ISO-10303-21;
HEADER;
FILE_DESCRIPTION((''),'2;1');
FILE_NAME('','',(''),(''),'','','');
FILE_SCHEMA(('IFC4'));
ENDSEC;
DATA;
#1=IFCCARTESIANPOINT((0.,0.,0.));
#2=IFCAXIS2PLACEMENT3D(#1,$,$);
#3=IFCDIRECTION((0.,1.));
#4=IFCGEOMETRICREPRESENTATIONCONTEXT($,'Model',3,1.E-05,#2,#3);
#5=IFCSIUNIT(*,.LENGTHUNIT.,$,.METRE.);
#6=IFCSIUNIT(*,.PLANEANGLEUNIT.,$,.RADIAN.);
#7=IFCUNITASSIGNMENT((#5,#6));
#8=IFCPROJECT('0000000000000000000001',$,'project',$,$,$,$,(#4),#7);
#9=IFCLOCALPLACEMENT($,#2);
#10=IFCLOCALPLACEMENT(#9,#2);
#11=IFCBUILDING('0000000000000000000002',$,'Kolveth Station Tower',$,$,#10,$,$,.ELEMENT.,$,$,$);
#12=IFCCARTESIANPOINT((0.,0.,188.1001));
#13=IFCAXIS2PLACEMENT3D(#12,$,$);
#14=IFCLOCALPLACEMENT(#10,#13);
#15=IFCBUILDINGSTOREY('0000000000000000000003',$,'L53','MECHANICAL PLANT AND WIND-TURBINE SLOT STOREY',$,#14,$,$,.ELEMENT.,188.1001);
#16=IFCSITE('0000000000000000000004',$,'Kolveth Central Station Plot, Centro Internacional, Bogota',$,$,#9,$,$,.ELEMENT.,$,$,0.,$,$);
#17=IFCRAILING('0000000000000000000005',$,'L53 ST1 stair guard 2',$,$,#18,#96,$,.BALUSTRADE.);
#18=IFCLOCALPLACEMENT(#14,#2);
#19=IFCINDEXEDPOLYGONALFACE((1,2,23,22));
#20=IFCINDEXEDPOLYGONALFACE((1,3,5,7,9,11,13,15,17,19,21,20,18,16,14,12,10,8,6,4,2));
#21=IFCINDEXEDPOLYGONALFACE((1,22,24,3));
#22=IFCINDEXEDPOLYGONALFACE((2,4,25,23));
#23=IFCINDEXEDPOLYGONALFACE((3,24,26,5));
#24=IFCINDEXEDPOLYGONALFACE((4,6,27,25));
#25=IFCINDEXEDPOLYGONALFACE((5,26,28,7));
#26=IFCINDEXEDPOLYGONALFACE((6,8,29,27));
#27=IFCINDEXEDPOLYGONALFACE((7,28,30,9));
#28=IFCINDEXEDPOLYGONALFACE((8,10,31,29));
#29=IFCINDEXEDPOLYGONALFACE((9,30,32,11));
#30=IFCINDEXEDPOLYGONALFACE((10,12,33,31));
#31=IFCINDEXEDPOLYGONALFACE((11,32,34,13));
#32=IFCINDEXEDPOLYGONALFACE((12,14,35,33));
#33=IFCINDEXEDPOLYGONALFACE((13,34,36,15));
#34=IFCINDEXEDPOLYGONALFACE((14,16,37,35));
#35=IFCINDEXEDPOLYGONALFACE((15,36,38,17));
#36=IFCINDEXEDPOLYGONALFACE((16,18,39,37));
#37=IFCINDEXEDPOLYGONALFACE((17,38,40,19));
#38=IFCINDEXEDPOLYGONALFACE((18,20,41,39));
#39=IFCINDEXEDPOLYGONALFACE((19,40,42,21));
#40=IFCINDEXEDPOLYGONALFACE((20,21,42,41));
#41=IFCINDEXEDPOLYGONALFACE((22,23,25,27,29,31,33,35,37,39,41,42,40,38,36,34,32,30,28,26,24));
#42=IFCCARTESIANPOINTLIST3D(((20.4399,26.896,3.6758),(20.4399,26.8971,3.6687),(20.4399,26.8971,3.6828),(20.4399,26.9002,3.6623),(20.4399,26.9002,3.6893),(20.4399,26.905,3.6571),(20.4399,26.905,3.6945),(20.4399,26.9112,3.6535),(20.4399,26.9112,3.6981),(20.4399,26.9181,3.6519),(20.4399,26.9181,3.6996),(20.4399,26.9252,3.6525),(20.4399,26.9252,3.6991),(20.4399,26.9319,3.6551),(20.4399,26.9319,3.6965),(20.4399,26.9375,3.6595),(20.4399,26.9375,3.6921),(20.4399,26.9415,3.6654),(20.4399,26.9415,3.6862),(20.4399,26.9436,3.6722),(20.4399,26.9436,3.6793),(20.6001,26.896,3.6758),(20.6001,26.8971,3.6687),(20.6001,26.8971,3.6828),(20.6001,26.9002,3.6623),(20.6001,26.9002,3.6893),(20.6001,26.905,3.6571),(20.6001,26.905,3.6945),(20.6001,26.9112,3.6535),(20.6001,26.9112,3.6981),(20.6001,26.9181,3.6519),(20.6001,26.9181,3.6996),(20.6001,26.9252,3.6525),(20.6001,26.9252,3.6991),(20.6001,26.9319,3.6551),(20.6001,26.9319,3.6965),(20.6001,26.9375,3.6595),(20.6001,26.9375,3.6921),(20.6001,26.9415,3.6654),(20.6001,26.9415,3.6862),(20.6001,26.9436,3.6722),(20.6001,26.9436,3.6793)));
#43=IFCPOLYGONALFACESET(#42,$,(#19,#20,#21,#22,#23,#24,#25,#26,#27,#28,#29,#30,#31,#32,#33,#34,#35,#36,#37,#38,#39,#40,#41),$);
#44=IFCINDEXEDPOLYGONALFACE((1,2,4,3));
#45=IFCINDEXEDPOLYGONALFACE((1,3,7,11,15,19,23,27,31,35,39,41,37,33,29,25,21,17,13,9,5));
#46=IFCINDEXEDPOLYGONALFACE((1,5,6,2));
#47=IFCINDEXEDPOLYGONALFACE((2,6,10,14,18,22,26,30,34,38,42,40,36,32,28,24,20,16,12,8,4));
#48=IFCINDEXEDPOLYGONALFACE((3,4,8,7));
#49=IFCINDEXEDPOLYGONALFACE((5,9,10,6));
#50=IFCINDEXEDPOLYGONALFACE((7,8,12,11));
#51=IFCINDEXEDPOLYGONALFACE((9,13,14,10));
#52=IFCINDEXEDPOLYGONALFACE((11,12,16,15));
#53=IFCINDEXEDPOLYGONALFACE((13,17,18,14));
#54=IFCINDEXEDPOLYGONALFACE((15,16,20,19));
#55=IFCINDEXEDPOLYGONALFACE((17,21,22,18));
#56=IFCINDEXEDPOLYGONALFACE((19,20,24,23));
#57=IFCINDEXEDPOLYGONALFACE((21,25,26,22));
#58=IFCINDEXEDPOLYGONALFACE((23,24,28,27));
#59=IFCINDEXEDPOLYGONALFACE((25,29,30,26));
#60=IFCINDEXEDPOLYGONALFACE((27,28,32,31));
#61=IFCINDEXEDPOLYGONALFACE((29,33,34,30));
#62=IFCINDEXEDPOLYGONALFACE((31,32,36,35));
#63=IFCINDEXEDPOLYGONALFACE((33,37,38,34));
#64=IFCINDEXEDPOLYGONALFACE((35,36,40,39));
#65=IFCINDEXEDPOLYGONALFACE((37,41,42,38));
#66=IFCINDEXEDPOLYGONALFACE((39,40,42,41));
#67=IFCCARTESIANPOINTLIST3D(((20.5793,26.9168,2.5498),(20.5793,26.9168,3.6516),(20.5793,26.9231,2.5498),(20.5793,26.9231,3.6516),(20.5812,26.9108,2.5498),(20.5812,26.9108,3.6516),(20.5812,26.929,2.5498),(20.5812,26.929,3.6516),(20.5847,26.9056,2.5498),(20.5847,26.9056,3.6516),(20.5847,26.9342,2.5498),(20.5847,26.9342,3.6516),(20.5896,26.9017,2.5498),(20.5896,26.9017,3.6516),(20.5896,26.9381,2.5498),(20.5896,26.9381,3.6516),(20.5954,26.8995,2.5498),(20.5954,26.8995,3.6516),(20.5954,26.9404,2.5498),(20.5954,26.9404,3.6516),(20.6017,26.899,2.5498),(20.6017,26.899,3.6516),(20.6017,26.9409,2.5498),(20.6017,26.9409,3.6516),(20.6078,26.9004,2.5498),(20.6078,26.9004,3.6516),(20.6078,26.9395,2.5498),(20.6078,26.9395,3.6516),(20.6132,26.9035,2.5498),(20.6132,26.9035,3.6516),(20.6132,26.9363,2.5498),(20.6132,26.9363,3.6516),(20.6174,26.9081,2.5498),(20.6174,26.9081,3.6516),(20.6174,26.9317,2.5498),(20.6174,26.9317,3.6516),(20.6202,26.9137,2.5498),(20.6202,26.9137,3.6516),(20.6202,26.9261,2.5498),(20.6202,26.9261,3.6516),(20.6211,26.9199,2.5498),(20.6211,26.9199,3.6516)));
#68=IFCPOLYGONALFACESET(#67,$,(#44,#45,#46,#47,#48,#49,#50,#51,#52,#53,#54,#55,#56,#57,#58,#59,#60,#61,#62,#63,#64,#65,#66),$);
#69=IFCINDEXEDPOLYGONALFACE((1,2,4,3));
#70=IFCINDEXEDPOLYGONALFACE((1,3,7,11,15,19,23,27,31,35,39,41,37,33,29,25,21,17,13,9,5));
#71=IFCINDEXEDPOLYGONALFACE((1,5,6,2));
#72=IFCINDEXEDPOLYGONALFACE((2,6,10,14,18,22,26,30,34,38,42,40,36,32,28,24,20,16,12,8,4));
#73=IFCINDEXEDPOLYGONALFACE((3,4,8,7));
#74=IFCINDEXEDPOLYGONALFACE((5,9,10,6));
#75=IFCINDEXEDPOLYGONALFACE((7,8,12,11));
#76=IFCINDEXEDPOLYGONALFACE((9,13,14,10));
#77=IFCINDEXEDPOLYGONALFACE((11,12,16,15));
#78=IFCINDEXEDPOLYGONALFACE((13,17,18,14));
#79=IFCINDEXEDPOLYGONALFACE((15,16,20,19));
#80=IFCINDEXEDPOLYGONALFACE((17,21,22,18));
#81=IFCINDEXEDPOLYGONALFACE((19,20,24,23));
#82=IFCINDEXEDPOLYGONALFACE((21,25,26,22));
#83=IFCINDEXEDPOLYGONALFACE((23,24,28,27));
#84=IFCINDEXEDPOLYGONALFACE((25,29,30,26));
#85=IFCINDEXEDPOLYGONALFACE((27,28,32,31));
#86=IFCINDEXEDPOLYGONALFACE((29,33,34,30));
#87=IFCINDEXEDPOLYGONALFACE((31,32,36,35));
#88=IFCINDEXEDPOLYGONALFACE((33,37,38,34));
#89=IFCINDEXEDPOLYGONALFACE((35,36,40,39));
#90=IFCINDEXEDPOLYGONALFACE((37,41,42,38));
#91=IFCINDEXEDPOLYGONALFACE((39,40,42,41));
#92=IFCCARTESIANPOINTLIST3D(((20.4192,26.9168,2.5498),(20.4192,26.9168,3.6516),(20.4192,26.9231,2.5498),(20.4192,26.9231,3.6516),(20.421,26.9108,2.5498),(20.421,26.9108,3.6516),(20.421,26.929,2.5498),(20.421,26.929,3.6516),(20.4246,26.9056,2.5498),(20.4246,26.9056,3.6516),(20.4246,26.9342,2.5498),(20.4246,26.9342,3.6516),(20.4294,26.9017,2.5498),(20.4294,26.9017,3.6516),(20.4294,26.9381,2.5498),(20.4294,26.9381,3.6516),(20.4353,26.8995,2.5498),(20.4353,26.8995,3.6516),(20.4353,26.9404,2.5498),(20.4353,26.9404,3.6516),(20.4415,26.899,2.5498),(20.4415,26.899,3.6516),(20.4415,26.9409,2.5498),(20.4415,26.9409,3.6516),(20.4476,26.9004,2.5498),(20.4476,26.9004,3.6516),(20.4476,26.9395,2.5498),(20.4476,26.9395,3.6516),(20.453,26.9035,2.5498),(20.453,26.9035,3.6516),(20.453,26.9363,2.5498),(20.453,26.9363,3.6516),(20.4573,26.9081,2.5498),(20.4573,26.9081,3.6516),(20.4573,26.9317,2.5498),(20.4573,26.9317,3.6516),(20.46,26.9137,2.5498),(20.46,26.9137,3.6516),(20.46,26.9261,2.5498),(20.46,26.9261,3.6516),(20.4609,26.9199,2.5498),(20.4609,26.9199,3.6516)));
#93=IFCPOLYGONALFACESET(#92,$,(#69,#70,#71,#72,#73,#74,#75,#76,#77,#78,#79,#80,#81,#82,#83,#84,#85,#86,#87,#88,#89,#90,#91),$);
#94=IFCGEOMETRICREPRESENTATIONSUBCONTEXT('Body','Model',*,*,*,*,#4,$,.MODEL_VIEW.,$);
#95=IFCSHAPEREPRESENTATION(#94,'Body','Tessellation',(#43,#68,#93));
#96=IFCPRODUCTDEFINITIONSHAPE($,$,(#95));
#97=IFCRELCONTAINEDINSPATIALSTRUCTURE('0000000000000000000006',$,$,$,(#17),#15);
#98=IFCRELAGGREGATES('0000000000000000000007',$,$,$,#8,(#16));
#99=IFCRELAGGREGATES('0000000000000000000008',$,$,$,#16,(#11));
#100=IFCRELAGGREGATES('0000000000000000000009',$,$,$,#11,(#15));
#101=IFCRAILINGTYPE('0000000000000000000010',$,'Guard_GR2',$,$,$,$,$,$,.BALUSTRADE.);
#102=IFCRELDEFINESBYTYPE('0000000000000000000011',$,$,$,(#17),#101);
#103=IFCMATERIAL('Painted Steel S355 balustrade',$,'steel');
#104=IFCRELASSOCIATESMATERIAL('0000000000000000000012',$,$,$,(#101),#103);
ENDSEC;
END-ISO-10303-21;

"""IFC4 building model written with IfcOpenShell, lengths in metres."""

from ifc_helpers import new_model, si_unit, direction, frame, origin, origin_2d, place, context, subcontext, project, spatial, circle, extrude, material, type_object, element, save


model = new_model("IFC4")

# Units and contexts
model_context = context("Model", 3, precision=1e-05, world=origin(), true_north=direction((0.0, 1.0)))
body_context = subcontext(model_context, "Body", "Model", "MODEL_VIEW")
ifc_project = project(units=[si_unit("LENGTHUNIT", "METRE"), si_unit("PLANEANGLEUNIT", "RADIAN")], contexts=[model_context])

# Site, building, storey
site_placement = place(None, origin())
site = spatial("IfcSite", under=ifc_project, at=site_placement, Name="Kolveth Central Station Plot, Centro Internacional, Bogota", CompositionType="ELEMENT", RefElevation=0.0)
building_placement = place(site_placement, origin())
building = spatial("IfcBuilding", under=site, at=building_placement, Name="Kolveth Station Tower", CompositionType="ELEMENT")
storey_placement = place(building_placement, frame((0.0, 0.0, 188.1001)))
storey = spatial("IfcBuildingStorey", under=building, at=storey_placement, Name="L53", Description="MECHANICAL PLANT AND WIND-TURBINE SLOT STOREY", CompositionType="ELEMENT", Elevation=188.1001)

# Railing
ifc_material_1 = material(Name="Painted Steel S355 balustrade", Category="steel")
railing_type_1 = type_object("IfcRailingType", Name="Guard_GR2", PredefinedType="BALUSTRADE", material=ifc_material_1)
railing_1_placement = place(storey_placement, frame((20.6001, 26.9199, 2.5498)))
element("IfcRailing", 1, at=railing_1_placement, inside=storey, type_object=railing_type_1, Name="L53 ST1 stair guard 2", PredefinedType="BALUSTRADE", context=body_context, shape_type="SweptSolid", body=[
    extrude(circle(Radius=0.0239, at=origin_2d()), frame((0.0, 0.0, 1.126), z_axis=(-1.0, 0.0, 0.0), x_axis=(0.0, -1.0, 0.0)), (0.0, 0.0, 1.0), 0.1602),
    extrude(circle(Radius=0.021, at=origin_2d()), origin(), (0.0, 0.0, 1.0), 1.1018),
    extrude(circle(Radius=0.021, at=origin_2d()), frame((-0.1602, 0.0, 0.0)), (0.0, 0.0, 1.0), 1.1018),
])

save(model, "model.ifc")
